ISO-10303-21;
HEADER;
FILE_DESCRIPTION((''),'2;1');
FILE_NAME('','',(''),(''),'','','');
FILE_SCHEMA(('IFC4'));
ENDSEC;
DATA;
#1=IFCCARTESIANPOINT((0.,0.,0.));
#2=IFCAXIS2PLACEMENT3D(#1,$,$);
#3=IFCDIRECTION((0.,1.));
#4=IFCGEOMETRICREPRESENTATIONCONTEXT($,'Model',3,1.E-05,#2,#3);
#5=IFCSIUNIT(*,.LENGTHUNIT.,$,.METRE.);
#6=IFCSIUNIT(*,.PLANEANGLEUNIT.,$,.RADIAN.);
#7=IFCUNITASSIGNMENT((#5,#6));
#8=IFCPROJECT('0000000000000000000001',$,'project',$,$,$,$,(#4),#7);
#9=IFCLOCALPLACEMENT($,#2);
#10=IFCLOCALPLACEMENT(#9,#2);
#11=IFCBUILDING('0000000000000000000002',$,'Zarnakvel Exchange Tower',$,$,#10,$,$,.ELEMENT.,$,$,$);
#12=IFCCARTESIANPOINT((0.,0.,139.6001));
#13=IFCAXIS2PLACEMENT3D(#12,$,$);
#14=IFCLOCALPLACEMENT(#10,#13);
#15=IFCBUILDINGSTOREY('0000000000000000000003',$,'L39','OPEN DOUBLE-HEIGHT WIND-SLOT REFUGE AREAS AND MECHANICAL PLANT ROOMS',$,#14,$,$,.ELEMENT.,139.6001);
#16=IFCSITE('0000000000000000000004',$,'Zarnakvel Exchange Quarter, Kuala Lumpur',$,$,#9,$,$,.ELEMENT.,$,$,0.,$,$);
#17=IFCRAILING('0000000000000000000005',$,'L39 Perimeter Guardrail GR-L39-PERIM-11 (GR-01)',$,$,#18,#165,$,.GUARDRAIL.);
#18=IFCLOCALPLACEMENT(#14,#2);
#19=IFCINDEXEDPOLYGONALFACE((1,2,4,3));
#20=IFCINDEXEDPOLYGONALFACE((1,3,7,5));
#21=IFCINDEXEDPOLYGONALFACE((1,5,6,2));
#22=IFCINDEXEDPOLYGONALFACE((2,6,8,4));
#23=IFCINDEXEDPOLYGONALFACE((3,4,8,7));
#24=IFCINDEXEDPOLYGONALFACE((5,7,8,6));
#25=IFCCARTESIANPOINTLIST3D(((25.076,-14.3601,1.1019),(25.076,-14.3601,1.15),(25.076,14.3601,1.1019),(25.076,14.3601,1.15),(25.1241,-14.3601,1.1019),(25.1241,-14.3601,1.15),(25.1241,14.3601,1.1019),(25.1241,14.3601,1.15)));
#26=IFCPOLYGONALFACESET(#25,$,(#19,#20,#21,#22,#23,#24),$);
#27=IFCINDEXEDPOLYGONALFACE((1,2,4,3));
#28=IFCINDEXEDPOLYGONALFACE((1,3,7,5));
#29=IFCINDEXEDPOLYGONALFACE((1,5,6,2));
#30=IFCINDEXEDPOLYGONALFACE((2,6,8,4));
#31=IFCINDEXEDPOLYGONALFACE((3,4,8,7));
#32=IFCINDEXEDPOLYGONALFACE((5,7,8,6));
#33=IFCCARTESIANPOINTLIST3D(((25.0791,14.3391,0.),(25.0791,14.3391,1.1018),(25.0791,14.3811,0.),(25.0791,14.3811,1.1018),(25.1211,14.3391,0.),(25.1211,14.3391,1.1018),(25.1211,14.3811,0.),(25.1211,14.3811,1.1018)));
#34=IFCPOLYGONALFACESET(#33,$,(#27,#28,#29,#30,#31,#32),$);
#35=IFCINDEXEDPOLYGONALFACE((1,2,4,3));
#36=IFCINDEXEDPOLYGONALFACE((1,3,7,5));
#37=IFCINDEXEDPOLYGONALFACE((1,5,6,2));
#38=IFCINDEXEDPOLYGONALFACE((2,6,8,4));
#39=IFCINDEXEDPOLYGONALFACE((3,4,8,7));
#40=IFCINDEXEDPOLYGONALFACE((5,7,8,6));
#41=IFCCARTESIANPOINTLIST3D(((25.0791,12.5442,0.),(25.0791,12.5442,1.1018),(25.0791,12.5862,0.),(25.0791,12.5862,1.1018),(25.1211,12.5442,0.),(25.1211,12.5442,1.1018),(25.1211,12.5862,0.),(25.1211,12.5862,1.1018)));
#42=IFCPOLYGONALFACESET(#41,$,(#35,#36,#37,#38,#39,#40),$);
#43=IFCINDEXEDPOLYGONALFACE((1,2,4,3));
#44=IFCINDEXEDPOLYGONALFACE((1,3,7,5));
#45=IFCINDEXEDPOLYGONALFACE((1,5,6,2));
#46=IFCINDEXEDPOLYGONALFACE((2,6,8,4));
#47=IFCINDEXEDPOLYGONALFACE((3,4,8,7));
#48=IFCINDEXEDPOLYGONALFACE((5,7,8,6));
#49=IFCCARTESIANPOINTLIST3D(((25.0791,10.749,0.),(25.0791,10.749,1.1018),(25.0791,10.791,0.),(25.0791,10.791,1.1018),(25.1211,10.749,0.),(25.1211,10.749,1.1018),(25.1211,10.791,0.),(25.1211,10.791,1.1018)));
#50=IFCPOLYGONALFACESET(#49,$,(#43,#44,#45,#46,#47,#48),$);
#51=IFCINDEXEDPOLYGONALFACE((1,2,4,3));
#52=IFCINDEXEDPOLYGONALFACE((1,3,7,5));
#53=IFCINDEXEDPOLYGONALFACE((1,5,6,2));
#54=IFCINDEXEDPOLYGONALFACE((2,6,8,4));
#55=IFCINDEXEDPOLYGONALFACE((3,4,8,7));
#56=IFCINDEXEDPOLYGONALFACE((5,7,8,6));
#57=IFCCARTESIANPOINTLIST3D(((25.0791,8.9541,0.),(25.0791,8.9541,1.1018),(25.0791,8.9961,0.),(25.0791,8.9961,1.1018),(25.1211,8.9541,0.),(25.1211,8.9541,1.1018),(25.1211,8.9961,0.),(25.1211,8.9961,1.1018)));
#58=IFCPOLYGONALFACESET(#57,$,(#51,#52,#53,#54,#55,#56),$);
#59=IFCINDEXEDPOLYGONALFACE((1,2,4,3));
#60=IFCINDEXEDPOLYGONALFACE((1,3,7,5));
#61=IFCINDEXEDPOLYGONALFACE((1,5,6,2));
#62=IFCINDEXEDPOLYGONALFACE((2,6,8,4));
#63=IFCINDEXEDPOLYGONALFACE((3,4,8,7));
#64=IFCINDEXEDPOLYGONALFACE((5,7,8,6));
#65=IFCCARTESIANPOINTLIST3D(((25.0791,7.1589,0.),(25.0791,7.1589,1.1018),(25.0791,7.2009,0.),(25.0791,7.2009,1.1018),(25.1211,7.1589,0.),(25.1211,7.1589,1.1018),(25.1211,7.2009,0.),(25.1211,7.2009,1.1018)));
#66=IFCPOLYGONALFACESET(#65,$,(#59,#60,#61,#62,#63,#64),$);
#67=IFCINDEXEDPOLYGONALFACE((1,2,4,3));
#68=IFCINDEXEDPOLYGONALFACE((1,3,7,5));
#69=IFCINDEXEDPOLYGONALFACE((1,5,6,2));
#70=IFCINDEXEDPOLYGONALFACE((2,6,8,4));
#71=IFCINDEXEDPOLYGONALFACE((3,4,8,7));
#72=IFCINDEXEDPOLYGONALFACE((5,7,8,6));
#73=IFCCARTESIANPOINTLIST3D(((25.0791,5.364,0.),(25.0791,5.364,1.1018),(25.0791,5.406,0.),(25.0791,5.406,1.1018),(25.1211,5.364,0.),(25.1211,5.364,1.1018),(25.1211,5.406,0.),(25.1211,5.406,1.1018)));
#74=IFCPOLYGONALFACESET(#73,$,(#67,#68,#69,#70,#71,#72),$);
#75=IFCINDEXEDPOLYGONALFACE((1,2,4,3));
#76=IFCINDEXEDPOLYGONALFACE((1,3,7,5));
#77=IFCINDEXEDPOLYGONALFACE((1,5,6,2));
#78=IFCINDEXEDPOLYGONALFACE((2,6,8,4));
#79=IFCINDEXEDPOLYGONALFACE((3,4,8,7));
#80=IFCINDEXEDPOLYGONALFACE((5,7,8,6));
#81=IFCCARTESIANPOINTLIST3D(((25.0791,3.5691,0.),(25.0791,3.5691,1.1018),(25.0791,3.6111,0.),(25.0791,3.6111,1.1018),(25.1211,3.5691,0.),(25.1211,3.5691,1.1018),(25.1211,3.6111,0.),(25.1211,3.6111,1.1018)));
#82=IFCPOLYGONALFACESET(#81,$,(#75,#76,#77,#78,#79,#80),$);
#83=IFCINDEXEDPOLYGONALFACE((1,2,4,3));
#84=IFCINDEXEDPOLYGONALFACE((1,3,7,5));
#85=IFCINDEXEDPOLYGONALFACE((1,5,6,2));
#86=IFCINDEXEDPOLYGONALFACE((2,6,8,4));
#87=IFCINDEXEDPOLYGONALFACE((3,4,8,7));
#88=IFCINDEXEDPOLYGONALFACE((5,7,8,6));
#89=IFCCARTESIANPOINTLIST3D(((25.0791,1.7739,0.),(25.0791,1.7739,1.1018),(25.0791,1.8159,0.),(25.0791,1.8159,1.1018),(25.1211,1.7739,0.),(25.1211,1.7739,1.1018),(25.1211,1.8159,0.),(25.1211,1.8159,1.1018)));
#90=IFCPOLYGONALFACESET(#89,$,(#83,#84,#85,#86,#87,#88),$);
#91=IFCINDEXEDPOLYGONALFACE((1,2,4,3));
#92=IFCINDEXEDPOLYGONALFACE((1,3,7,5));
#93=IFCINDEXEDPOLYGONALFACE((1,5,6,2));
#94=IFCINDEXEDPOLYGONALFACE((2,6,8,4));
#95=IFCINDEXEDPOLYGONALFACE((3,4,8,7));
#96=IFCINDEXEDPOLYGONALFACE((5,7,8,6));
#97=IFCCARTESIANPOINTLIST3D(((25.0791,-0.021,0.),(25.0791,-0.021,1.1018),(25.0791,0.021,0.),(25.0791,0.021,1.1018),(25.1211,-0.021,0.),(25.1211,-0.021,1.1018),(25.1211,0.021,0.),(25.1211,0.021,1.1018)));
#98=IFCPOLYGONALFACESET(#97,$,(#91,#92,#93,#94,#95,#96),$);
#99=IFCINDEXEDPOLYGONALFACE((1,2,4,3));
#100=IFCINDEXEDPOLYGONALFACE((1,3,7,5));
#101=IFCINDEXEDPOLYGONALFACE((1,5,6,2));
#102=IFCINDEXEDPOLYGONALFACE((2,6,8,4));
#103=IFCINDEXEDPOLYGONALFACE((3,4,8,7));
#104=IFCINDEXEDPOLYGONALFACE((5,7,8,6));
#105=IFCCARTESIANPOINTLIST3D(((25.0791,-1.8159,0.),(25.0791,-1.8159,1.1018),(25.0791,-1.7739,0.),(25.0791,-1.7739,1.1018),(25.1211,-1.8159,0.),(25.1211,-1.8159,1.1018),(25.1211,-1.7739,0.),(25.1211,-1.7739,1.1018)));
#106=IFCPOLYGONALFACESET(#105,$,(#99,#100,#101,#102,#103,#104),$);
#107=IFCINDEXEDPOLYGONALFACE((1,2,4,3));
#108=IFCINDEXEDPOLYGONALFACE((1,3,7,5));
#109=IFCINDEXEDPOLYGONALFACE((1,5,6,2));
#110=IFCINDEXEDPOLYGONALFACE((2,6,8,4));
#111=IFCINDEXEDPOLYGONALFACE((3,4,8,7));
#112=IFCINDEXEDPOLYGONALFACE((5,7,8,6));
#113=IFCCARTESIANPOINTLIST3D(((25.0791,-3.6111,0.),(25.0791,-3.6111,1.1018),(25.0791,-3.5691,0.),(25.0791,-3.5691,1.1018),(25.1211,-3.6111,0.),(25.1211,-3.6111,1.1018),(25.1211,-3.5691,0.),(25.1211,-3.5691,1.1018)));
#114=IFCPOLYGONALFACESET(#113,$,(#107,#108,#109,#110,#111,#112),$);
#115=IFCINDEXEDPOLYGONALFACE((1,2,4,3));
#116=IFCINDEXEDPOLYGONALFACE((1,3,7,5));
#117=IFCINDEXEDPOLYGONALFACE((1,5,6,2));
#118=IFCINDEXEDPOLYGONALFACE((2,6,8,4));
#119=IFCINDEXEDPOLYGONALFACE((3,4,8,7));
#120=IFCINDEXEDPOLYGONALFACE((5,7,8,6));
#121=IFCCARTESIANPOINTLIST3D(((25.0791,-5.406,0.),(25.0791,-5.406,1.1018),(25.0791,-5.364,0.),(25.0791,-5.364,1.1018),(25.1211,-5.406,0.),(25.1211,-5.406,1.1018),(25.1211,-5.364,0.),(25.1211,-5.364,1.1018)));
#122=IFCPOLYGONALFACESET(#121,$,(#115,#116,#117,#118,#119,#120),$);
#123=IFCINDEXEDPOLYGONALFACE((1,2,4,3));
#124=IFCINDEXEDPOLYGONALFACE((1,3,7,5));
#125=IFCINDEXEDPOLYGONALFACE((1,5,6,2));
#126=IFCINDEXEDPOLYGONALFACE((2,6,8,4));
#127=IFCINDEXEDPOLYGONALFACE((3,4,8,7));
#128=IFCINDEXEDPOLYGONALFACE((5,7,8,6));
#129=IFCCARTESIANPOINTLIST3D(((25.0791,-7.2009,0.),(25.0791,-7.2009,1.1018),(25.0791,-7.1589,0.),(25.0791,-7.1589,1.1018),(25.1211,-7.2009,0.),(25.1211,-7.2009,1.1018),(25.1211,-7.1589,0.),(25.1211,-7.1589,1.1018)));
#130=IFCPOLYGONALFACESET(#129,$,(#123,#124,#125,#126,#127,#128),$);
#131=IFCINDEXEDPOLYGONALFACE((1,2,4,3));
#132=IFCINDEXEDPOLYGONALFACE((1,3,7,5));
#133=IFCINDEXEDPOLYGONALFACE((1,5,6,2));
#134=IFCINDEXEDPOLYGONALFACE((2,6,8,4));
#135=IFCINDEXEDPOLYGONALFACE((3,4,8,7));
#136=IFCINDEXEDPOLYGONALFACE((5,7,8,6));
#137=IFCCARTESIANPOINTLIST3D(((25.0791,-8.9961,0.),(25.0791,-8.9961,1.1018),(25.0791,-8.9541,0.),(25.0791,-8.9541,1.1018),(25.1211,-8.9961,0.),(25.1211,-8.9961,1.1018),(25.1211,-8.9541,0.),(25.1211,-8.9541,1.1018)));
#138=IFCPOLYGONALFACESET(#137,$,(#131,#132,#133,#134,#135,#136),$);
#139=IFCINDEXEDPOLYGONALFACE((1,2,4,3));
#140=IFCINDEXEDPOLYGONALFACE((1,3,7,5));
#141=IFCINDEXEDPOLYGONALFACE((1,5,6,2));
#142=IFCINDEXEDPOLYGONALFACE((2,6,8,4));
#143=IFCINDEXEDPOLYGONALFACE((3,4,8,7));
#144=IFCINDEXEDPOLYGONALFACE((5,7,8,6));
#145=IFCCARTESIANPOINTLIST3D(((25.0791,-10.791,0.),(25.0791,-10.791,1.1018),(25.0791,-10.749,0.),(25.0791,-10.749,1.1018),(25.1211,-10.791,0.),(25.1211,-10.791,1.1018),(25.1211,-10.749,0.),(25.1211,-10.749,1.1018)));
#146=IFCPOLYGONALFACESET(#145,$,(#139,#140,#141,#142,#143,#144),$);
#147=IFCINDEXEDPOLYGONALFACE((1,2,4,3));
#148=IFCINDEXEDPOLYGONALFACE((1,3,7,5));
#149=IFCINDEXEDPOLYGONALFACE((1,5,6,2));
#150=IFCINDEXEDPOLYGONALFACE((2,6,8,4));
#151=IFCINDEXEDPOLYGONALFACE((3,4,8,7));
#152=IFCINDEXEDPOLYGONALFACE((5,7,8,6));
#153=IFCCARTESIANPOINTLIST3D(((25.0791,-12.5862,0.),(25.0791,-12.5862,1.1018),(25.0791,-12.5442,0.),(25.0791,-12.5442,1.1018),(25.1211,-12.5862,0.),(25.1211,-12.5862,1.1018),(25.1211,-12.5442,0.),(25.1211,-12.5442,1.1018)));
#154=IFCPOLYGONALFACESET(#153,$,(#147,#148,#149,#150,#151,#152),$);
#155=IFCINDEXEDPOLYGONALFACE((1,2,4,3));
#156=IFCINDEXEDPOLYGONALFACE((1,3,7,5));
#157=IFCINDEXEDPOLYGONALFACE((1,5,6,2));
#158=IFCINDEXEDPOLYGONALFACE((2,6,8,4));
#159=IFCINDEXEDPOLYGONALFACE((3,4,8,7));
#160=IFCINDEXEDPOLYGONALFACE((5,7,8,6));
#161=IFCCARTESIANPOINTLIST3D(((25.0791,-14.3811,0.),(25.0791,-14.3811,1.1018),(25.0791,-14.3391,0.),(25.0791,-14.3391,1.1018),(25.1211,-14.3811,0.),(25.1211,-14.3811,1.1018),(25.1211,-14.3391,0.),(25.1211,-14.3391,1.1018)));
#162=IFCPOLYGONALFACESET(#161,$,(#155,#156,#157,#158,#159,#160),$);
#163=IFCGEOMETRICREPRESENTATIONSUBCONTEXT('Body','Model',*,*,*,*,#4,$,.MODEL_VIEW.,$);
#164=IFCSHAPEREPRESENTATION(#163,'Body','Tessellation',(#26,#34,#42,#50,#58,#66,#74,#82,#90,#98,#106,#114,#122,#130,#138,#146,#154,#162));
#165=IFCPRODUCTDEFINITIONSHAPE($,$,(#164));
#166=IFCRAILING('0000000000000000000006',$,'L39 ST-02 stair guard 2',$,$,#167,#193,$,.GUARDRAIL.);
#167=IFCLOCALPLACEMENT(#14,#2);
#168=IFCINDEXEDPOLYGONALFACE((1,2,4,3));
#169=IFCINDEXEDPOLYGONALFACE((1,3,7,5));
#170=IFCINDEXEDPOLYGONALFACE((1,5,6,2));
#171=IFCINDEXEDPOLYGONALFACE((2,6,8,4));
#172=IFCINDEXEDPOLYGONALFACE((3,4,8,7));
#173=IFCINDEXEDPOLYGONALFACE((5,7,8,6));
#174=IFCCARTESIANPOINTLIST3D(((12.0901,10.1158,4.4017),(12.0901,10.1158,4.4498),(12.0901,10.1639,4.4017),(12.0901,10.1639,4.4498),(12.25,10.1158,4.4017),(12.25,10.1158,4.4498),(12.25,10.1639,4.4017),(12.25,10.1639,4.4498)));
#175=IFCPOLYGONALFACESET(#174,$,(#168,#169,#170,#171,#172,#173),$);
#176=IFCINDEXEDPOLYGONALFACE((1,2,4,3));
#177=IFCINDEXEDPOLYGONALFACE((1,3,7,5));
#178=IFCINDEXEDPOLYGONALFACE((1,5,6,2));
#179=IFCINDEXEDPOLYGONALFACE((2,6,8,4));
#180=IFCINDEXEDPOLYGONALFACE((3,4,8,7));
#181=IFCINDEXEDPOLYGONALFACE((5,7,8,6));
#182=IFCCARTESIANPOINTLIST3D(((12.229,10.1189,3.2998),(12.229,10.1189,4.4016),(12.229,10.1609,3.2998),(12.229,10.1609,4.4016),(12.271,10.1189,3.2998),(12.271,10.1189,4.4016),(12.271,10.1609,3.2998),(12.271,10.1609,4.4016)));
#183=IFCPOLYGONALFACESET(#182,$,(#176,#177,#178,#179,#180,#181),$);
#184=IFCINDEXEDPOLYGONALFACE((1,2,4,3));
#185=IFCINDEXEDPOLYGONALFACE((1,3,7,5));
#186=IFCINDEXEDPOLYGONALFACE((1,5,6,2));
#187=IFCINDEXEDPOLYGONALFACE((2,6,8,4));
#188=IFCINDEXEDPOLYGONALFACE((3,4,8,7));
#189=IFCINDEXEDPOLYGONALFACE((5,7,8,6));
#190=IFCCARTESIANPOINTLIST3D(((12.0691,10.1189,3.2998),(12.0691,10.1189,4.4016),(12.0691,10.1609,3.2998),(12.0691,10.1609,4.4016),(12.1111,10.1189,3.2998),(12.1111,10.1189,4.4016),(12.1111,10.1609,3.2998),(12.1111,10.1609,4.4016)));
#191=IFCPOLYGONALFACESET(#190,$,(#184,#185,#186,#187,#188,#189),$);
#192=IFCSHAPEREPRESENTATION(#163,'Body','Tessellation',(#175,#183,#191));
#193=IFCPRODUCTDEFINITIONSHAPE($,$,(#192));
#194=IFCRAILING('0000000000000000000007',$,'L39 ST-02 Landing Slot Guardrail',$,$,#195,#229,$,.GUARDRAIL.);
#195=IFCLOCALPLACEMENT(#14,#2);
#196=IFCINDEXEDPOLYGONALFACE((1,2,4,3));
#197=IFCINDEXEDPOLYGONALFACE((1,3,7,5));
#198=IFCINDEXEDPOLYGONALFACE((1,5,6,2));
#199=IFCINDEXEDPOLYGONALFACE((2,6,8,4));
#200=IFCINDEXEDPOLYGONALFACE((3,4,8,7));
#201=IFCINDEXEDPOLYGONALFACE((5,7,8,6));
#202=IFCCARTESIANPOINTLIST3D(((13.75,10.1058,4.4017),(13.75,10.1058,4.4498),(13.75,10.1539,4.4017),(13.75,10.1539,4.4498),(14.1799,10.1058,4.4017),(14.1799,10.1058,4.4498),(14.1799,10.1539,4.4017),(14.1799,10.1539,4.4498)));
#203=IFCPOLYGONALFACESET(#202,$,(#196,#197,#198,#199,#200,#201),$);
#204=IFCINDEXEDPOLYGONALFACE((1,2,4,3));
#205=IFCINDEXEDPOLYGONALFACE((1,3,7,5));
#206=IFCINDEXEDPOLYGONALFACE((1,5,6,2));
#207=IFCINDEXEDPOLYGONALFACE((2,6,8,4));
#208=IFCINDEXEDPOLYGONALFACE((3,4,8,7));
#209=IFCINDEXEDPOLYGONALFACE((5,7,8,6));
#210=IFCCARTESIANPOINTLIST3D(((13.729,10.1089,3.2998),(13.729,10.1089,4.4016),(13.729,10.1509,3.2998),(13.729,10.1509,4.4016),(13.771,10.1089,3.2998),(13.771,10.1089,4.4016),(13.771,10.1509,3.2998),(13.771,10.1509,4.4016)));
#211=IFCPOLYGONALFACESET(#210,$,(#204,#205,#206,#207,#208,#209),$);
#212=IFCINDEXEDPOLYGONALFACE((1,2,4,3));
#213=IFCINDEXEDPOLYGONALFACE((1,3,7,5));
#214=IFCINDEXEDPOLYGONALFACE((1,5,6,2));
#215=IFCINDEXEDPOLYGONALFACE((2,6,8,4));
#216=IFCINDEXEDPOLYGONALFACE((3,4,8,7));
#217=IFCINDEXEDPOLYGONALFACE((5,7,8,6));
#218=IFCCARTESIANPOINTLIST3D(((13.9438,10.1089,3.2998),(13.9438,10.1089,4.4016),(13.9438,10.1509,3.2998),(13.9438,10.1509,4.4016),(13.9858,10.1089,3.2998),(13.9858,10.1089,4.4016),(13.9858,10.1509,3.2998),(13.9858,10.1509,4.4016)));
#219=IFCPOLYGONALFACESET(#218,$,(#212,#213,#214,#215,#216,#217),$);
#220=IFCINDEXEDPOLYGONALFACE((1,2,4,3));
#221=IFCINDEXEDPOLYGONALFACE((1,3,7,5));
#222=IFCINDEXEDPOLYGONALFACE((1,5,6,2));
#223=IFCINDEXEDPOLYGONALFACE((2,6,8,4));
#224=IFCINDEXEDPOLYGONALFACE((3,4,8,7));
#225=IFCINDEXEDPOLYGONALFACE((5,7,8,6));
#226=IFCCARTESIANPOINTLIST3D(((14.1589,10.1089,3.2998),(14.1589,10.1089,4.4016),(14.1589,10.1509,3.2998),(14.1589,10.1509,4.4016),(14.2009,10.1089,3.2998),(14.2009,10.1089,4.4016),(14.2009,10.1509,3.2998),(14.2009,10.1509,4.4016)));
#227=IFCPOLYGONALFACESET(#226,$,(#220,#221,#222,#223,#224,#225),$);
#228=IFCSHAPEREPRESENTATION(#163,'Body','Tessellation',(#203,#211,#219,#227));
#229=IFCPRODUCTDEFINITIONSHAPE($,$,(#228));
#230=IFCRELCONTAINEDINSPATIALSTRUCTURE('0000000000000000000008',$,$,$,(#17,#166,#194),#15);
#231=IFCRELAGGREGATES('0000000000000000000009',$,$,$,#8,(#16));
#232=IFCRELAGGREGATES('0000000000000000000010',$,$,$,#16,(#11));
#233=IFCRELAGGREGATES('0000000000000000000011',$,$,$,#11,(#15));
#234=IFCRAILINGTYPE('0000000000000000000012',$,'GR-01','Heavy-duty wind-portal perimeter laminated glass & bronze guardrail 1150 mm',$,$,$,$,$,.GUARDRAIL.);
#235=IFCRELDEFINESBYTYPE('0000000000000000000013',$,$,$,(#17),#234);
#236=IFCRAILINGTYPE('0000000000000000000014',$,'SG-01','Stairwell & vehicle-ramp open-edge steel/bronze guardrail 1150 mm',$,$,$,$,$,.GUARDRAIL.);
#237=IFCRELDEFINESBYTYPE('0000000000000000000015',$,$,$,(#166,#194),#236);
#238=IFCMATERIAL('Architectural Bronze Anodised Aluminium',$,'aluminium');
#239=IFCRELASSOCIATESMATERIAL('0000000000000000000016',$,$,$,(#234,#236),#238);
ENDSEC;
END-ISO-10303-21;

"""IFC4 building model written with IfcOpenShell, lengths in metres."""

from ifc_helpers import new_model, si_unit, direction, frame, origin, origin_2d, place, context, subcontext, project, spatial, rectangle, extrude, material, type_object, element, save


model = new_model("IFC4")

# Units and contexts
model_context = context("Model", 3, precision=1e-05, world=origin(), true_north=direction((0.0, 1.0)))
body_context = subcontext(model_context, "Body", "Model", "MODEL_VIEW")
ifc_project = project(units=[si_unit("LENGTHUNIT", "METRE"), si_unit("PLANEANGLEUNIT", "RADIAN")], contexts=[model_context])

# Site, building, storey
site_placement = place(None, origin())
site = spatial("IfcSite", under=ifc_project, at=site_placement, Name="Zarnakvel Exchange Quarter, Kuala Lumpur", CompositionType="ELEMENT", RefElevation=0.0)
building_placement = place(site_placement, origin())
building = spatial("IfcBuilding", under=site, at=building_placement, Name="Zarnakvel Exchange Tower", CompositionType="ELEMENT")
storey_placement = place(building_placement, frame((0.0, 0.0, 139.6001)))
storey = spatial("IfcBuildingStorey", under=building, at=storey_placement, Name="L39", Description="OPEN DOUBLE-HEIGHT WIND-SLOT REFUGE AREAS AND MECHANICAL PLANT ROOMS", CompositionType="ELEMENT", Elevation=139.6001)

# Railings
ifc_material_1 = material(Name="Architectural Bronze Anodised Aluminium", Category="aluminium")
railing_type_1 = type_object("IfcRailingType", Name="GR-01", Description="Heavy-duty wind-portal perimeter laminated glass & bronze guardrail 1150 mm", PredefinedType="GUARDRAIL", material=ifc_material_1)
railing_1_placement = place(storey_placement, frame((25.1001, 14.3601, 0.0)))
element("IfcRailing", 1, at=railing_1_placement, inside=storey, type_object=railing_type_1, Name="L39 Perimeter Guardrail GR-L39-PERIM-11 (GR-01)", PredefinedType="GUARDRAIL", context=body_context, shape_type="SweptSolid", body=[
    extrude(rectangle(XDim=0.0481, YDim=0.0481, at=origin_2d()), frame((0.0, 0.0, 1.126), z_axis=(0.0, -1.0, 0.0), x_axis=(1.0, 0.0, 0.0)), (0.0, 0.0, 1.0), 28.7202),
    extrude(rectangle(XDim=0.042, YDim=0.042, at=origin_2d()), origin(), (0.0, 0.0, 1.0), 1.1018),
    extrude(rectangle(XDim=0.042, YDim=0.042, at=origin_2d()), frame((0.0, -1.7949, 0.0)), (0.0, 0.0, 1.0), 1.1018),
    extrude(rectangle(XDim=0.042, YDim=0.042, at=origin_2d()), frame((0.0, -3.5901, 0.0)), (0.0, 0.0, 1.0), 1.1018),
    extrude(rectangle(XDim=0.042, YDim=0.042, at=origin_2d()), frame((0.0, -5.385, 0.0)), (0.0, 0.0, 1.0), 1.1018),
    extrude(rectangle(XDim=0.042, YDim=0.042, at=origin_2d()), frame((0.0, -7.1802, 0.0)), (0.0, 0.0, 1.0), 1.1018),
    extrude(rectangle(XDim=0.042, YDim=0.042, at=origin_2d()), frame((0.0, -8.9751, 0.0)), (0.0, 0.0, 1.0), 1.1018),
    extrude(rectangle(XDim=0.042, YDim=0.042, at=origin_2d()), frame((0.0, -10.77, 0.0)), (0.0, 0.0, 1.0), 1.1018),
    extrude(rectangle(XDim=0.042, YDim=0.042, at=origin_2d()), frame((0.0, -12.5652, 0.0)), (0.0, 0.0, 1.0), 1.1018),
    extrude(rectangle(XDim=0.042, YDim=0.042, at=origin_2d()), frame((0.0, -14.3601, 0.0)), (0.0, 0.0, 1.0), 1.1018),
    extrude(rectangle(XDim=0.042, YDim=0.042, at=origin_2d()), frame((0.0, -16.155, 0.0)), (0.0, 0.0, 1.0), 1.1018),
    extrude(rectangle(XDim=0.042, YDim=0.042, at=origin_2d()), frame((0.0, -17.9502, 0.0)), (0.0, 0.0, 1.0), 1.1018),
    extrude(rectangle(XDim=0.042, YDim=0.042, at=origin_2d()), frame((0.0, -19.7451, 0.0)), (0.0, 0.0, 1.0), 1.1018),
    extrude(rectangle(XDim=0.042, YDim=0.042, at=origin_2d()), frame((0.0, -21.54, 0.0)), (0.0, 0.0, 1.0), 1.1018),
    extrude(rectangle(XDim=0.042, YDim=0.042, at=origin_2d()), frame((0.0, -23.3352, 0.0)), (0.0, 0.0, 1.0), 1.1018),
    extrude(rectangle(XDim=0.042, YDim=0.042, at=origin_2d()), frame((0.0, -25.1301, 0.0)), (0.0, 0.0, 1.0), 1.1018),
    extrude(rectangle(XDim=0.042, YDim=0.042, at=origin_2d()), frame((0.0, -26.9253, 0.0)), (0.0, 0.0, 1.0), 1.1018),
    extrude(rectangle(XDim=0.042, YDim=0.042, at=origin_2d()), frame((0.0, -28.7202, 0.0)), (0.0, 0.0, 1.0), 1.1018),
])
railing_type_2 = type_object("IfcRailingType", Name="SG-01", Description="Stairwell & vehicle-ramp open-edge steel/bronze guardrail 1150 mm", PredefinedType="GUARDRAIL", material=ifc_material_1)
railing_2_placement = place(storey_placement, frame((12.25, 10.1399, 3.2998)))
element("IfcRailing", 2, at=railing_2_placement, inside=storey, type_object=railing_type_2, Name="L39 ST-02 stair guard 2", PredefinedType="GUARDRAIL", context=body_context, shape_type="SweptSolid", body=[
    extrude(rectangle(XDim=0.0481, YDim=0.0481, at=origin_2d()), frame((0.0, 0.0, 1.126), z_axis=(-1.0, 0.0, 0.0), x_axis=(0.0, -1.0, 0.0)), (0.0, 0.0, 1.0), 0.1599),
    extrude(rectangle(XDim=0.042, YDim=0.042, at=origin_2d()), origin(), (0.0, 0.0, 1.0), 1.1018),
    extrude(rectangle(XDim=0.042, YDim=0.042, at=origin_2d()), frame((-0.1599, 0.0, 0.0)), (0.0, 0.0, 1.0), 1.1018),
])
railing_3_placement = place(storey_placement, frame((13.75, 10.1299, 3.2998)))
element("IfcRailing", 3, at=railing_3_placement, inside=storey, type_object=railing_type_2, Name="L39 ST-02 Landing Slot Guardrail", PredefinedType="GUARDRAIL", context=body_context, shape_type="SweptSolid", body=[
    extrude(rectangle(XDim=0.0481, YDim=0.0481, at=origin_2d()), frame((0.0, 0.0, 1.126), z_axis=(1.0, 0.0, 0.0), x_axis=(0.0, 1.0, 0.0)), (0.0, 0.0, 1.0), 0.4299),
    extrude(rectangle(XDim=0.042, YDim=0.042, at=origin_2d()), origin(), (0.0, 0.0, 1.0), 1.1018),
    extrude(rectangle(XDim=0.042, YDim=0.042, at=origin_2d()), frame((0.2148, 0.0, 0.0)), (0.0, 0.0, 1.0), 1.1018),
    extrude(rectangle(XDim=0.042, YDim=0.042, at=origin_2d()), frame((0.4299, 0.0, 0.0)), (0.0, 0.0, 1.0), 1.1018),
])

save(model, "model.ifc")
